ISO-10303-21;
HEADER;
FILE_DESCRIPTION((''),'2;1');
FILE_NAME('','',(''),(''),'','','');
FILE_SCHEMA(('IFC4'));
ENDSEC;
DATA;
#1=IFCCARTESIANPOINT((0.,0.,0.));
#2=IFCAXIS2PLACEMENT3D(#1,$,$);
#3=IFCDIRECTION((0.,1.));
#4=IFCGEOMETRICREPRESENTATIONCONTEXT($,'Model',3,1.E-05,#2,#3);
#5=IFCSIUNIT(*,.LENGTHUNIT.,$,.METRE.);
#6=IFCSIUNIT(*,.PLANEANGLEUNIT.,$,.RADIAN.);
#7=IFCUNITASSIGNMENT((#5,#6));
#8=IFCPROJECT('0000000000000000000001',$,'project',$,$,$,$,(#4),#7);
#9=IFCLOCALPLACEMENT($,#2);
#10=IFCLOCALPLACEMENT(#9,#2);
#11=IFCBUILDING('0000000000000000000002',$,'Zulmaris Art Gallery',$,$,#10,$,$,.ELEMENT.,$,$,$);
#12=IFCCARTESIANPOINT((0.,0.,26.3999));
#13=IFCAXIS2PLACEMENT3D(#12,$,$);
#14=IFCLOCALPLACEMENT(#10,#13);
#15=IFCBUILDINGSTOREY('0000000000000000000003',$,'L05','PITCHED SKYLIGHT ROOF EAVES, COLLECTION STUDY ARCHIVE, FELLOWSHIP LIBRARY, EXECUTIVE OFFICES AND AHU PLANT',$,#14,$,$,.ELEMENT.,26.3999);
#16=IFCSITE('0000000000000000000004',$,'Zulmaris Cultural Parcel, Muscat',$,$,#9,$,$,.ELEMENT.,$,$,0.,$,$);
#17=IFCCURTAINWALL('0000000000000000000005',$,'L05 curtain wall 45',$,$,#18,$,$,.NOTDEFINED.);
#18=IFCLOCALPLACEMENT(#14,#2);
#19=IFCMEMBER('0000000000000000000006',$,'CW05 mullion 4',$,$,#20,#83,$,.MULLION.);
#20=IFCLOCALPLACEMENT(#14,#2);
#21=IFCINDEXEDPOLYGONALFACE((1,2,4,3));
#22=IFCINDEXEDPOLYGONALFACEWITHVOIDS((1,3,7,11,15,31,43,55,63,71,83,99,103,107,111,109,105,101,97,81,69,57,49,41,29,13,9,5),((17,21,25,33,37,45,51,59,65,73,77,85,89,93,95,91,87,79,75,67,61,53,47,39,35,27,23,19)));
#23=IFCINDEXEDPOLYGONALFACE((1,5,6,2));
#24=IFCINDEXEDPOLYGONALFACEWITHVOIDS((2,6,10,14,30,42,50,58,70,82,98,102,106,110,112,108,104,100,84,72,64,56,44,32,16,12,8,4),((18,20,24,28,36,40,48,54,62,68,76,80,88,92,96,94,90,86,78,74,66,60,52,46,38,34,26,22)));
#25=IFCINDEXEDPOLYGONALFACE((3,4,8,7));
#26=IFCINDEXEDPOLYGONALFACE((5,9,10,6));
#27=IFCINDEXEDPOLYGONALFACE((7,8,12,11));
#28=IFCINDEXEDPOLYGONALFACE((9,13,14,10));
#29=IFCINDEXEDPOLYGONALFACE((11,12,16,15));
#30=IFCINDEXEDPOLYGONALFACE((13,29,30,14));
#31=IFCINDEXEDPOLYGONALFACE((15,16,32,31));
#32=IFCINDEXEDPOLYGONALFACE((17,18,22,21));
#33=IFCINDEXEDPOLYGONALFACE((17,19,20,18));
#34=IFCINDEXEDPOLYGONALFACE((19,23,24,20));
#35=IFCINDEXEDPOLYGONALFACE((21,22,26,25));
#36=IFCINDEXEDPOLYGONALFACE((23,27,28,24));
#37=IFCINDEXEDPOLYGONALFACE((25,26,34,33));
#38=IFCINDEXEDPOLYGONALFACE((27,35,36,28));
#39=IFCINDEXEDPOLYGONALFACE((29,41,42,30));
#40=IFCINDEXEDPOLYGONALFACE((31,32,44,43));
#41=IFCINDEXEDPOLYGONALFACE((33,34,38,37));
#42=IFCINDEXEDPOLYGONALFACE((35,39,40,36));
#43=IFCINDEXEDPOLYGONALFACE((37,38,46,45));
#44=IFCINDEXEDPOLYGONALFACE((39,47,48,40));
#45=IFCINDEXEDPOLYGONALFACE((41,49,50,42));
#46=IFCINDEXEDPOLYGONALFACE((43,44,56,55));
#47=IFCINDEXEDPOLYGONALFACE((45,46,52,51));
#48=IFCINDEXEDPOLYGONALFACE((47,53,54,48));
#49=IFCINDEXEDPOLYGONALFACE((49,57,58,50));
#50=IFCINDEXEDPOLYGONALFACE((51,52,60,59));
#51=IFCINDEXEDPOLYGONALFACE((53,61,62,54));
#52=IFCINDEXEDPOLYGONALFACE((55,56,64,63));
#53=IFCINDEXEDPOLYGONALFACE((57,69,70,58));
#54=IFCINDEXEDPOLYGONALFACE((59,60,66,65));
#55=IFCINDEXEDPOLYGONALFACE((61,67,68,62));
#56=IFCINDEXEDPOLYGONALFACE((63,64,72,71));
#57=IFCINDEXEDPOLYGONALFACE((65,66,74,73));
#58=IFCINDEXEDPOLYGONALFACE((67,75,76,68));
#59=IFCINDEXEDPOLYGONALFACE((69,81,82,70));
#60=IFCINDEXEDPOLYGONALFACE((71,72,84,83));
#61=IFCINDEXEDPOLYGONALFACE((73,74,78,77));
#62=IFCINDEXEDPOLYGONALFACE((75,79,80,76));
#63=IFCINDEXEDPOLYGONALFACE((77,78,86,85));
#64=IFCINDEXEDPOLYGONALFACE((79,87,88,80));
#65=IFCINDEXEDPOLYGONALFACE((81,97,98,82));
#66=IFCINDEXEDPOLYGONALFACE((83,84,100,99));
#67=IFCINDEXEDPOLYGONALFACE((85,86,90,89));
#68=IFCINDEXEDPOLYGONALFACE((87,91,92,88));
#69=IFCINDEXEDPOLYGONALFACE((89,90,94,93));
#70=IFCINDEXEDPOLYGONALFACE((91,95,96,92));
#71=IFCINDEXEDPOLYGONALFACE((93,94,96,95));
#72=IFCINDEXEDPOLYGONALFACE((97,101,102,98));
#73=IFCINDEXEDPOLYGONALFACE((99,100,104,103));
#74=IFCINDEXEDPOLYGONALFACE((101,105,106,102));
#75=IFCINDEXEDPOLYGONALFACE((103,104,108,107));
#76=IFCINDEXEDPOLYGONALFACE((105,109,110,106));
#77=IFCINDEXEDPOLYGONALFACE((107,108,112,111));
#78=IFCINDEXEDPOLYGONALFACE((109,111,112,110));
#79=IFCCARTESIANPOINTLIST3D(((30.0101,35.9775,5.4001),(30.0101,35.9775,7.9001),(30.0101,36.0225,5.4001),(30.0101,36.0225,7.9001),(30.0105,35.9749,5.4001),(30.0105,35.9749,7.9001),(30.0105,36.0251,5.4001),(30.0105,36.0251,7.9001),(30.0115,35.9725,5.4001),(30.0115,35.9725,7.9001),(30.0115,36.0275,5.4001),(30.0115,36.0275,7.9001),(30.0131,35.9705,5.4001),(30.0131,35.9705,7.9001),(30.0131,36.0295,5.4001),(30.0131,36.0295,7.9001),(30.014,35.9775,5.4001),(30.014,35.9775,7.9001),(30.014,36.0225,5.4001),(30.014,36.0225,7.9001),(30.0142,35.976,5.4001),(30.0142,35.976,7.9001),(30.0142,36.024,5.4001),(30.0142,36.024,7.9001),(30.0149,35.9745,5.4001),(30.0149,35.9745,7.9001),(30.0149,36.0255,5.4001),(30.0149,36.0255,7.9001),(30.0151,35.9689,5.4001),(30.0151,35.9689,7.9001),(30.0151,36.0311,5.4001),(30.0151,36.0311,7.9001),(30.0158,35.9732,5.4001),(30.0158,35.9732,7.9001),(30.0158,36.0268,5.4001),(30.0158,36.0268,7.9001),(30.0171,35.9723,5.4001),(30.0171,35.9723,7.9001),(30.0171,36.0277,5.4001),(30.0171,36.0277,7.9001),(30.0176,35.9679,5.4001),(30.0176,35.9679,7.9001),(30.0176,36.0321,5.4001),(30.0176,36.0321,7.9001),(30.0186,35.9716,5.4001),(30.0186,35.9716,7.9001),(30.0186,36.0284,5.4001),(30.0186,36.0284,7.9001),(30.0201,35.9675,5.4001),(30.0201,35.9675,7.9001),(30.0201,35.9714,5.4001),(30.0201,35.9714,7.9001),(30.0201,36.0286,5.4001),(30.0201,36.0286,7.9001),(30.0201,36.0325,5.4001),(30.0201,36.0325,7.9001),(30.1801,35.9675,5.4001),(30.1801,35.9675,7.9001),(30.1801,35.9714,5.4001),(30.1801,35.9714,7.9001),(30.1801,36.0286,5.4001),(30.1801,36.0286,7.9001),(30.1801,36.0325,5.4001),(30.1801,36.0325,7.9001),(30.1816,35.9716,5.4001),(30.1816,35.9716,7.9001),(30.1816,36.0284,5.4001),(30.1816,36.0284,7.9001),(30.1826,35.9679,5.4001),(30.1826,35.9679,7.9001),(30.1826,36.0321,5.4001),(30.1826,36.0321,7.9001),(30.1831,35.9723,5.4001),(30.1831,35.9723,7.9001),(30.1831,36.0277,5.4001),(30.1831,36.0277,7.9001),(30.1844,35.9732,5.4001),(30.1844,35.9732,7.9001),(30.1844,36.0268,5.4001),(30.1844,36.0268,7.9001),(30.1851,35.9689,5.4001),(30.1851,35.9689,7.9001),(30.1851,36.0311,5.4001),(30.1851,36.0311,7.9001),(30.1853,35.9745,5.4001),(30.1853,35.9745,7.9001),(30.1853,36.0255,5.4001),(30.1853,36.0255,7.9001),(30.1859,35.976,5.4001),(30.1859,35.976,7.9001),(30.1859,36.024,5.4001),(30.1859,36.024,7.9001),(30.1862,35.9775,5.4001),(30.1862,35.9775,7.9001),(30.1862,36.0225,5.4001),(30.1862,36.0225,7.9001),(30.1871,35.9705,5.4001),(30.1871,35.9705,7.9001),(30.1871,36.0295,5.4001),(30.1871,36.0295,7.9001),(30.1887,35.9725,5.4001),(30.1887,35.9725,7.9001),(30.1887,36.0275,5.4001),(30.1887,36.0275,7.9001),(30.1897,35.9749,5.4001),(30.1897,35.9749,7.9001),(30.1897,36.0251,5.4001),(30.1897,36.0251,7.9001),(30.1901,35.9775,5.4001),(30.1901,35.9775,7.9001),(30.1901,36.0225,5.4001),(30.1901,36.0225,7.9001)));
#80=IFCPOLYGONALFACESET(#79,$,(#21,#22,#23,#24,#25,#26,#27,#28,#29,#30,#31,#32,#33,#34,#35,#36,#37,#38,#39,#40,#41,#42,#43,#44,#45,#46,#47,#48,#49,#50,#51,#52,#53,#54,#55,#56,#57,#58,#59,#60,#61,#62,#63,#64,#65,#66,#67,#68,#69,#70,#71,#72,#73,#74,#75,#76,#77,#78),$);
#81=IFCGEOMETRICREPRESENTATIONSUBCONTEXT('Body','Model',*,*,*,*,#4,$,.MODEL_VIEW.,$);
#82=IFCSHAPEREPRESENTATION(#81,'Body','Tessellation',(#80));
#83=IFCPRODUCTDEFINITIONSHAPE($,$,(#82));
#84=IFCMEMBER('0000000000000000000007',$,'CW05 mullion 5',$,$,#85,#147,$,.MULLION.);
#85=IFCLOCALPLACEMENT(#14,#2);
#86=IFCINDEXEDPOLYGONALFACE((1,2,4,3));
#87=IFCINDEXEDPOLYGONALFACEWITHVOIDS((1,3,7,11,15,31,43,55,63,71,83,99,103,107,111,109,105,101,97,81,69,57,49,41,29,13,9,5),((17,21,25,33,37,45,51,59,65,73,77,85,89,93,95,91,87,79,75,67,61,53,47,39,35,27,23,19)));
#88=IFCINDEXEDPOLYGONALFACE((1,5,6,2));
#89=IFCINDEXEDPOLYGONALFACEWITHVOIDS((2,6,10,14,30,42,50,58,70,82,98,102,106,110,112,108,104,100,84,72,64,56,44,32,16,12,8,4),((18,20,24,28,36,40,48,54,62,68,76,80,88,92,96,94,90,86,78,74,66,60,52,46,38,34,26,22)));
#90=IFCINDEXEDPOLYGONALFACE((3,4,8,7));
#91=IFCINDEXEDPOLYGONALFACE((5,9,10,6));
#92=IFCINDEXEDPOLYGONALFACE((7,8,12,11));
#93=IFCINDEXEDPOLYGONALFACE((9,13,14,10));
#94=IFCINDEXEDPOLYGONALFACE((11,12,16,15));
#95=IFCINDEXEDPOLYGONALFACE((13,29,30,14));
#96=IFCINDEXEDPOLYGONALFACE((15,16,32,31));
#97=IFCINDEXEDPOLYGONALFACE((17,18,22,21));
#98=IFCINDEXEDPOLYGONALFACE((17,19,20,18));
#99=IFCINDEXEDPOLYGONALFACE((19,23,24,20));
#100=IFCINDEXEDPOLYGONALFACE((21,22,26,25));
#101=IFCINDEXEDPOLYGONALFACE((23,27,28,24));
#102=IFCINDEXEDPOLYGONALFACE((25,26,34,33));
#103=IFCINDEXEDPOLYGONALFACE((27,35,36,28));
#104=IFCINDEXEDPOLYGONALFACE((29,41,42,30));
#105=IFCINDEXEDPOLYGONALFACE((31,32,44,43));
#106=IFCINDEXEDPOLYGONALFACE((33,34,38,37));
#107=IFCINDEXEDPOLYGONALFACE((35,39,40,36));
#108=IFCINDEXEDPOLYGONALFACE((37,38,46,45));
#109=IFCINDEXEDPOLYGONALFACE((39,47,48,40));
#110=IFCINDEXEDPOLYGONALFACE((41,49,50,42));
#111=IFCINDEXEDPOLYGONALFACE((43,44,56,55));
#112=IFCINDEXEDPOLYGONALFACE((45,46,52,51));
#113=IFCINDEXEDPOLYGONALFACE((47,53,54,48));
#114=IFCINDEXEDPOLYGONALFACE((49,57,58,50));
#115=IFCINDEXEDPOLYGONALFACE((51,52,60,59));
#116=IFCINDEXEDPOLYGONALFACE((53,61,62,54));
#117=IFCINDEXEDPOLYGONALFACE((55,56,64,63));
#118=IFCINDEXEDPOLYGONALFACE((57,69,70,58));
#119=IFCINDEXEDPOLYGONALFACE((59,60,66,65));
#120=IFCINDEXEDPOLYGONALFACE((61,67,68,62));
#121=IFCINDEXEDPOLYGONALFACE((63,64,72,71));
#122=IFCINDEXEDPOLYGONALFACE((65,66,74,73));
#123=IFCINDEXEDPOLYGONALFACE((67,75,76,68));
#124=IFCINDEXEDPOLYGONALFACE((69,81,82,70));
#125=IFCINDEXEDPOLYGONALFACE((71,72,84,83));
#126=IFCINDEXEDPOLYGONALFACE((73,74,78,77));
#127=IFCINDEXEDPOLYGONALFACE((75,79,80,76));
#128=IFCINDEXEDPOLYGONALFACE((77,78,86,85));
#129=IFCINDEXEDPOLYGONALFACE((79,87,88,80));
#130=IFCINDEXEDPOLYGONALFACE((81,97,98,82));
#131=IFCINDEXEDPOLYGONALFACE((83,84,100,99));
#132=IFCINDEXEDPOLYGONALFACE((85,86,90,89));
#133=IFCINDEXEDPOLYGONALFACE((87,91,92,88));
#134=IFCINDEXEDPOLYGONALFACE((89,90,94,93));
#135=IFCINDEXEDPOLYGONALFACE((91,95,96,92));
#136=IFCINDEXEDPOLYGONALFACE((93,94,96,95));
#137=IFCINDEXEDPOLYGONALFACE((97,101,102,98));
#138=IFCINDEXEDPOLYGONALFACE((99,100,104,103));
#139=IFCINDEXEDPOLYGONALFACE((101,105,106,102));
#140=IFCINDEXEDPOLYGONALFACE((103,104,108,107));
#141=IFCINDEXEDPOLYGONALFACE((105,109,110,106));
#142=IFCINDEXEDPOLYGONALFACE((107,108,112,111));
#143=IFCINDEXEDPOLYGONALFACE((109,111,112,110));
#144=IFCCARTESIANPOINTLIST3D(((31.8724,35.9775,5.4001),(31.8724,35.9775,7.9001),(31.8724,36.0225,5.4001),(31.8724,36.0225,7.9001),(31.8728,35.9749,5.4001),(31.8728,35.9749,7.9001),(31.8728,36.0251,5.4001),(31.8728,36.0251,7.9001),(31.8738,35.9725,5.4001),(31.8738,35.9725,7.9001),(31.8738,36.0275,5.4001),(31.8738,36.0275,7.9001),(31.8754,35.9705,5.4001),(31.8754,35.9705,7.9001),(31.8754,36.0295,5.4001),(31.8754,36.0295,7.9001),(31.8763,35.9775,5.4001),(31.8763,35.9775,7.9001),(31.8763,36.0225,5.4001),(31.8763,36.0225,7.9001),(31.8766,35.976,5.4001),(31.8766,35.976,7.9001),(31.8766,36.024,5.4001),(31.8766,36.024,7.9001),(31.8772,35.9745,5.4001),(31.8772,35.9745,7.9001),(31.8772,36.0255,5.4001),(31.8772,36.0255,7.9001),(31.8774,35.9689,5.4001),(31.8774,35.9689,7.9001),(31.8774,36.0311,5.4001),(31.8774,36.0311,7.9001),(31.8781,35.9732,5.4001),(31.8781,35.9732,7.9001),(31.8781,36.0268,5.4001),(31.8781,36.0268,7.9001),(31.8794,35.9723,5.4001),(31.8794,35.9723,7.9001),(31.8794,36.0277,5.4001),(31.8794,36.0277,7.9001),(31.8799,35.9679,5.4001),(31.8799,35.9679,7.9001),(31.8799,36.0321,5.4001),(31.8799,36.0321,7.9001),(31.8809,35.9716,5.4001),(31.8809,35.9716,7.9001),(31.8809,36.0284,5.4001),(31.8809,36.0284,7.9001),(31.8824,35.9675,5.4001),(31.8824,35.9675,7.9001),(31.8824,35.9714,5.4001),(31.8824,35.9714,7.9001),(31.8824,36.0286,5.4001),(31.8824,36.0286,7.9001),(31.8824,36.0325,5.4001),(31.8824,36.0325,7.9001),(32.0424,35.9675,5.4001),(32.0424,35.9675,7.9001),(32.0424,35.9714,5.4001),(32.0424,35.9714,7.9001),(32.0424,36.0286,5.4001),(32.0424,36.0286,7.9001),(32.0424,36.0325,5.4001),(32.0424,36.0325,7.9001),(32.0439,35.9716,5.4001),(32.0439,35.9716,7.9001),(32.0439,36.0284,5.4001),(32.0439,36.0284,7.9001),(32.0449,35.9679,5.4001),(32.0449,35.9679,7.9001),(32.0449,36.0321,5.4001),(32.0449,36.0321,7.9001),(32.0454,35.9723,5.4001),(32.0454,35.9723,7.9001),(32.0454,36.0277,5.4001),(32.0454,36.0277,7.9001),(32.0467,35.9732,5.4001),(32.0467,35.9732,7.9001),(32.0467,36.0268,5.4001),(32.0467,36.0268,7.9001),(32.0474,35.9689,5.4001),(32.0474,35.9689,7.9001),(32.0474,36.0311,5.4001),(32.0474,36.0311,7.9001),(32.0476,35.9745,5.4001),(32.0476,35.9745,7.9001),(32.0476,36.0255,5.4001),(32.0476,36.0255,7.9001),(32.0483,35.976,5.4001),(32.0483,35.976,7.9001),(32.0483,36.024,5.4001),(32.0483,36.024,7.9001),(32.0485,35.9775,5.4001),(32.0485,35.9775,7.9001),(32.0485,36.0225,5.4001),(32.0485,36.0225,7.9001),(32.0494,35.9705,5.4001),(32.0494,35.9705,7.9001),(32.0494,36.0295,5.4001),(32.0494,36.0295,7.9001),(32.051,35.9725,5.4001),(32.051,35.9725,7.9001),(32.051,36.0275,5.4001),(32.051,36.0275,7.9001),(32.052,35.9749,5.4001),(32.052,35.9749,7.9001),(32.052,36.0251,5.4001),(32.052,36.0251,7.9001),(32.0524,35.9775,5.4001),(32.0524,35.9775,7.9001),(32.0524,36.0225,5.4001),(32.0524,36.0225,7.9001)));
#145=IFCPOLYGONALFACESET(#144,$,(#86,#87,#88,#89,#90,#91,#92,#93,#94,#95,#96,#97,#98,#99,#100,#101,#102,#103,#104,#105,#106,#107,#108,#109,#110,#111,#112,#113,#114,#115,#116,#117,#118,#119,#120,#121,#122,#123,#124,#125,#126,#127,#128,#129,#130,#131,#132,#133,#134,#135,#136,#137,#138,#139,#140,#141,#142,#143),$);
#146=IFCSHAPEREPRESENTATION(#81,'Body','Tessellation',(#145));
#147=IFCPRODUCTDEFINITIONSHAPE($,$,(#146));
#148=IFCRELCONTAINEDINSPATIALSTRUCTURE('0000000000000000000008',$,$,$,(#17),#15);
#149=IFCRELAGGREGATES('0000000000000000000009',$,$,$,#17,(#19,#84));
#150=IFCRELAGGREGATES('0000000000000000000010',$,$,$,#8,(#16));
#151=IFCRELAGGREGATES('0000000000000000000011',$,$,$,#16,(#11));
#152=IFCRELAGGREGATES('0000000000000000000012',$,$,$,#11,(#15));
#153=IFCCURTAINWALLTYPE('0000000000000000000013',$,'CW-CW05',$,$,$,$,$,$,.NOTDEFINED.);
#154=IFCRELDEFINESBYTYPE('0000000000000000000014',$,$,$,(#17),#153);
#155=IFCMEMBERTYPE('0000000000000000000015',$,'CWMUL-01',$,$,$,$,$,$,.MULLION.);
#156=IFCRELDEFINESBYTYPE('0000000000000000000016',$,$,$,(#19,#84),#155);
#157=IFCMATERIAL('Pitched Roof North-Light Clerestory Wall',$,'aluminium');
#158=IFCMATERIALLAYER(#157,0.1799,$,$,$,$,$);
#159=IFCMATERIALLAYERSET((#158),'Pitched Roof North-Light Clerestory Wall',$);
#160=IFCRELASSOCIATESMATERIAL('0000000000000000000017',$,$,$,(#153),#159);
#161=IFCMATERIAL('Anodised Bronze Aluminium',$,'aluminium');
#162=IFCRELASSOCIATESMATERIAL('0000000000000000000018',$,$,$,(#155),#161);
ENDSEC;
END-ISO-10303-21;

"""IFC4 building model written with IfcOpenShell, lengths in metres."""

from ifc_helpers import new_model, si_unit, direction, frame, origin, origin_2d, place, context, subcontext, project, spatial, hollow_rectangle, extrude, material, layer, layer_set, material_profile, profile_set, type_object, element, aggregate, save


model = new_model("IFC4")

# Units and contexts
model_context = context("Model", 3, precision=1e-05, world=origin(), true_north=direction((0.0, 1.0)))
body_context = subcontext(model_context, "Body", "Model", "MODEL_VIEW")
ifc_project = project(units=[si_unit("LENGTHUNIT", "METRE"), si_unit("PLANEANGLEUNIT", "RADIAN")], contexts=[model_context])

# Site, building, storey
site_placement = place(None, origin())
site = spatial("IfcSite", under=ifc_project, at=site_placement, Name="Zulmaris Cultural Parcel, Muscat", CompositionType="ELEMENT", RefElevation=0.0)
building_placement = place(site_placement, origin())
building = spatial("IfcBuilding", under=site, at=building_placement, Name="Zulmaris Art Gallery", CompositionType="ELEMENT")
storey_placement = place(building_placement, frame((0.0, 0.0, 26.3999)))
storey = spatial("IfcBuildingStorey", under=building, at=storey_placement, Name="L05", Description="PITCHED SKYLIGHT ROOF EAVES, COLLECTION STUDY ARCHIVE, FELLOWSHIP LIBRARY, EXECUTIVE OFFICES AND AHU PLANT", CompositionType="ELEMENT", Elevation=26.3999)

# Curtain wall, members
ifc_material_1 = material(Name="Pitched Roof North-Light Clerestory Wall", Category="aluminium")
ifc_layer_1 = layer(ifc_material_1, 0.1799)
ifc_layer_set_1 = layer_set([ifc_layer_1], Name="Pitched Roof North-Light Clerestory Wall")
curtain_wall_type = type_object("IfcCurtainWallType", Name="CW-CW05", PredefinedType="NOTDEFINED", material=ifc_layer_set_1)
curtain_wall_placement = place(storey_placement, origin())
curtain_wall = element("IfcCurtainWall", 1, at=curtain_wall_placement, inside=storey, type_object=curtain_wall_type, Name="L05 curtain wall 45", PredefinedType="NOTDEFINED")
ifc_material_2 = material(Name="Anodised Bronze Aluminium", Category="aluminium")
ifc_material_profile_1 = material_profile(ifc_material_2, hollow_rectangle(XDim=0.0649, YDim=0.1799, WallThickness=0.0039, InnerFilletRadius=0.0061, OuterFilletRadius=0.01, at=origin_2d()), Name="ALU 65x180x4")
ifc_profile_set_1 = profile_set([ifc_material_profile_1], Name="Anodised Bronze Aluminium")
member_type_1 = type_object("IfcMemberType", Name="CWMUL-01", PredefinedType="MULLION", material=ifc_profile_set_1)
member_1_placement = place(storey_placement, frame((30.1001, 36.0, 5.4001), z_axis=(0.0, 0.0, 1.0), x_axis=(0.0, 1.0, 0.0)))
member_1 = element("IfcMember", 2, at=member_1_placement, type_object=member_type_1, Name="CW05 mullion 4", PredefinedType="MULLION", context=body_context, shape_type="SweptSolid", body=[
    extrude(hollow_rectangle(XDim=0.0649, YDim=0.1799, WallThickness=0.0039, InnerFilletRadius=0.0061, OuterFilletRadius=0.01, at=origin_2d()), origin(), (0.0, 0.0, 1.0), 2.5),
])
member_2_placement = place(storey_placement, frame((31.9624, 36.0, 5.4001), z_axis=(0.0, 0.0, 1.0), x_axis=(0.0, 1.0, 0.0)))
member_2 = element("IfcMember", 3, at=member_2_placement, type_object=member_type_1, Name="CW05 mullion 5", PredefinedType="MULLION", context=body_context, shape_type="SweptSolid", body=[
    extrude(hollow_rectangle(XDim=0.0649, YDim=0.1799, WallThickness=0.0039, InnerFilletRadius=0.0061, OuterFilletRadius=0.01, at=origin_2d()), origin(), (0.0, 0.0, 1.0), 2.5),
])

aggregate(curtain_wall, [member_1, member_2])

save(model, "model.ifc")
